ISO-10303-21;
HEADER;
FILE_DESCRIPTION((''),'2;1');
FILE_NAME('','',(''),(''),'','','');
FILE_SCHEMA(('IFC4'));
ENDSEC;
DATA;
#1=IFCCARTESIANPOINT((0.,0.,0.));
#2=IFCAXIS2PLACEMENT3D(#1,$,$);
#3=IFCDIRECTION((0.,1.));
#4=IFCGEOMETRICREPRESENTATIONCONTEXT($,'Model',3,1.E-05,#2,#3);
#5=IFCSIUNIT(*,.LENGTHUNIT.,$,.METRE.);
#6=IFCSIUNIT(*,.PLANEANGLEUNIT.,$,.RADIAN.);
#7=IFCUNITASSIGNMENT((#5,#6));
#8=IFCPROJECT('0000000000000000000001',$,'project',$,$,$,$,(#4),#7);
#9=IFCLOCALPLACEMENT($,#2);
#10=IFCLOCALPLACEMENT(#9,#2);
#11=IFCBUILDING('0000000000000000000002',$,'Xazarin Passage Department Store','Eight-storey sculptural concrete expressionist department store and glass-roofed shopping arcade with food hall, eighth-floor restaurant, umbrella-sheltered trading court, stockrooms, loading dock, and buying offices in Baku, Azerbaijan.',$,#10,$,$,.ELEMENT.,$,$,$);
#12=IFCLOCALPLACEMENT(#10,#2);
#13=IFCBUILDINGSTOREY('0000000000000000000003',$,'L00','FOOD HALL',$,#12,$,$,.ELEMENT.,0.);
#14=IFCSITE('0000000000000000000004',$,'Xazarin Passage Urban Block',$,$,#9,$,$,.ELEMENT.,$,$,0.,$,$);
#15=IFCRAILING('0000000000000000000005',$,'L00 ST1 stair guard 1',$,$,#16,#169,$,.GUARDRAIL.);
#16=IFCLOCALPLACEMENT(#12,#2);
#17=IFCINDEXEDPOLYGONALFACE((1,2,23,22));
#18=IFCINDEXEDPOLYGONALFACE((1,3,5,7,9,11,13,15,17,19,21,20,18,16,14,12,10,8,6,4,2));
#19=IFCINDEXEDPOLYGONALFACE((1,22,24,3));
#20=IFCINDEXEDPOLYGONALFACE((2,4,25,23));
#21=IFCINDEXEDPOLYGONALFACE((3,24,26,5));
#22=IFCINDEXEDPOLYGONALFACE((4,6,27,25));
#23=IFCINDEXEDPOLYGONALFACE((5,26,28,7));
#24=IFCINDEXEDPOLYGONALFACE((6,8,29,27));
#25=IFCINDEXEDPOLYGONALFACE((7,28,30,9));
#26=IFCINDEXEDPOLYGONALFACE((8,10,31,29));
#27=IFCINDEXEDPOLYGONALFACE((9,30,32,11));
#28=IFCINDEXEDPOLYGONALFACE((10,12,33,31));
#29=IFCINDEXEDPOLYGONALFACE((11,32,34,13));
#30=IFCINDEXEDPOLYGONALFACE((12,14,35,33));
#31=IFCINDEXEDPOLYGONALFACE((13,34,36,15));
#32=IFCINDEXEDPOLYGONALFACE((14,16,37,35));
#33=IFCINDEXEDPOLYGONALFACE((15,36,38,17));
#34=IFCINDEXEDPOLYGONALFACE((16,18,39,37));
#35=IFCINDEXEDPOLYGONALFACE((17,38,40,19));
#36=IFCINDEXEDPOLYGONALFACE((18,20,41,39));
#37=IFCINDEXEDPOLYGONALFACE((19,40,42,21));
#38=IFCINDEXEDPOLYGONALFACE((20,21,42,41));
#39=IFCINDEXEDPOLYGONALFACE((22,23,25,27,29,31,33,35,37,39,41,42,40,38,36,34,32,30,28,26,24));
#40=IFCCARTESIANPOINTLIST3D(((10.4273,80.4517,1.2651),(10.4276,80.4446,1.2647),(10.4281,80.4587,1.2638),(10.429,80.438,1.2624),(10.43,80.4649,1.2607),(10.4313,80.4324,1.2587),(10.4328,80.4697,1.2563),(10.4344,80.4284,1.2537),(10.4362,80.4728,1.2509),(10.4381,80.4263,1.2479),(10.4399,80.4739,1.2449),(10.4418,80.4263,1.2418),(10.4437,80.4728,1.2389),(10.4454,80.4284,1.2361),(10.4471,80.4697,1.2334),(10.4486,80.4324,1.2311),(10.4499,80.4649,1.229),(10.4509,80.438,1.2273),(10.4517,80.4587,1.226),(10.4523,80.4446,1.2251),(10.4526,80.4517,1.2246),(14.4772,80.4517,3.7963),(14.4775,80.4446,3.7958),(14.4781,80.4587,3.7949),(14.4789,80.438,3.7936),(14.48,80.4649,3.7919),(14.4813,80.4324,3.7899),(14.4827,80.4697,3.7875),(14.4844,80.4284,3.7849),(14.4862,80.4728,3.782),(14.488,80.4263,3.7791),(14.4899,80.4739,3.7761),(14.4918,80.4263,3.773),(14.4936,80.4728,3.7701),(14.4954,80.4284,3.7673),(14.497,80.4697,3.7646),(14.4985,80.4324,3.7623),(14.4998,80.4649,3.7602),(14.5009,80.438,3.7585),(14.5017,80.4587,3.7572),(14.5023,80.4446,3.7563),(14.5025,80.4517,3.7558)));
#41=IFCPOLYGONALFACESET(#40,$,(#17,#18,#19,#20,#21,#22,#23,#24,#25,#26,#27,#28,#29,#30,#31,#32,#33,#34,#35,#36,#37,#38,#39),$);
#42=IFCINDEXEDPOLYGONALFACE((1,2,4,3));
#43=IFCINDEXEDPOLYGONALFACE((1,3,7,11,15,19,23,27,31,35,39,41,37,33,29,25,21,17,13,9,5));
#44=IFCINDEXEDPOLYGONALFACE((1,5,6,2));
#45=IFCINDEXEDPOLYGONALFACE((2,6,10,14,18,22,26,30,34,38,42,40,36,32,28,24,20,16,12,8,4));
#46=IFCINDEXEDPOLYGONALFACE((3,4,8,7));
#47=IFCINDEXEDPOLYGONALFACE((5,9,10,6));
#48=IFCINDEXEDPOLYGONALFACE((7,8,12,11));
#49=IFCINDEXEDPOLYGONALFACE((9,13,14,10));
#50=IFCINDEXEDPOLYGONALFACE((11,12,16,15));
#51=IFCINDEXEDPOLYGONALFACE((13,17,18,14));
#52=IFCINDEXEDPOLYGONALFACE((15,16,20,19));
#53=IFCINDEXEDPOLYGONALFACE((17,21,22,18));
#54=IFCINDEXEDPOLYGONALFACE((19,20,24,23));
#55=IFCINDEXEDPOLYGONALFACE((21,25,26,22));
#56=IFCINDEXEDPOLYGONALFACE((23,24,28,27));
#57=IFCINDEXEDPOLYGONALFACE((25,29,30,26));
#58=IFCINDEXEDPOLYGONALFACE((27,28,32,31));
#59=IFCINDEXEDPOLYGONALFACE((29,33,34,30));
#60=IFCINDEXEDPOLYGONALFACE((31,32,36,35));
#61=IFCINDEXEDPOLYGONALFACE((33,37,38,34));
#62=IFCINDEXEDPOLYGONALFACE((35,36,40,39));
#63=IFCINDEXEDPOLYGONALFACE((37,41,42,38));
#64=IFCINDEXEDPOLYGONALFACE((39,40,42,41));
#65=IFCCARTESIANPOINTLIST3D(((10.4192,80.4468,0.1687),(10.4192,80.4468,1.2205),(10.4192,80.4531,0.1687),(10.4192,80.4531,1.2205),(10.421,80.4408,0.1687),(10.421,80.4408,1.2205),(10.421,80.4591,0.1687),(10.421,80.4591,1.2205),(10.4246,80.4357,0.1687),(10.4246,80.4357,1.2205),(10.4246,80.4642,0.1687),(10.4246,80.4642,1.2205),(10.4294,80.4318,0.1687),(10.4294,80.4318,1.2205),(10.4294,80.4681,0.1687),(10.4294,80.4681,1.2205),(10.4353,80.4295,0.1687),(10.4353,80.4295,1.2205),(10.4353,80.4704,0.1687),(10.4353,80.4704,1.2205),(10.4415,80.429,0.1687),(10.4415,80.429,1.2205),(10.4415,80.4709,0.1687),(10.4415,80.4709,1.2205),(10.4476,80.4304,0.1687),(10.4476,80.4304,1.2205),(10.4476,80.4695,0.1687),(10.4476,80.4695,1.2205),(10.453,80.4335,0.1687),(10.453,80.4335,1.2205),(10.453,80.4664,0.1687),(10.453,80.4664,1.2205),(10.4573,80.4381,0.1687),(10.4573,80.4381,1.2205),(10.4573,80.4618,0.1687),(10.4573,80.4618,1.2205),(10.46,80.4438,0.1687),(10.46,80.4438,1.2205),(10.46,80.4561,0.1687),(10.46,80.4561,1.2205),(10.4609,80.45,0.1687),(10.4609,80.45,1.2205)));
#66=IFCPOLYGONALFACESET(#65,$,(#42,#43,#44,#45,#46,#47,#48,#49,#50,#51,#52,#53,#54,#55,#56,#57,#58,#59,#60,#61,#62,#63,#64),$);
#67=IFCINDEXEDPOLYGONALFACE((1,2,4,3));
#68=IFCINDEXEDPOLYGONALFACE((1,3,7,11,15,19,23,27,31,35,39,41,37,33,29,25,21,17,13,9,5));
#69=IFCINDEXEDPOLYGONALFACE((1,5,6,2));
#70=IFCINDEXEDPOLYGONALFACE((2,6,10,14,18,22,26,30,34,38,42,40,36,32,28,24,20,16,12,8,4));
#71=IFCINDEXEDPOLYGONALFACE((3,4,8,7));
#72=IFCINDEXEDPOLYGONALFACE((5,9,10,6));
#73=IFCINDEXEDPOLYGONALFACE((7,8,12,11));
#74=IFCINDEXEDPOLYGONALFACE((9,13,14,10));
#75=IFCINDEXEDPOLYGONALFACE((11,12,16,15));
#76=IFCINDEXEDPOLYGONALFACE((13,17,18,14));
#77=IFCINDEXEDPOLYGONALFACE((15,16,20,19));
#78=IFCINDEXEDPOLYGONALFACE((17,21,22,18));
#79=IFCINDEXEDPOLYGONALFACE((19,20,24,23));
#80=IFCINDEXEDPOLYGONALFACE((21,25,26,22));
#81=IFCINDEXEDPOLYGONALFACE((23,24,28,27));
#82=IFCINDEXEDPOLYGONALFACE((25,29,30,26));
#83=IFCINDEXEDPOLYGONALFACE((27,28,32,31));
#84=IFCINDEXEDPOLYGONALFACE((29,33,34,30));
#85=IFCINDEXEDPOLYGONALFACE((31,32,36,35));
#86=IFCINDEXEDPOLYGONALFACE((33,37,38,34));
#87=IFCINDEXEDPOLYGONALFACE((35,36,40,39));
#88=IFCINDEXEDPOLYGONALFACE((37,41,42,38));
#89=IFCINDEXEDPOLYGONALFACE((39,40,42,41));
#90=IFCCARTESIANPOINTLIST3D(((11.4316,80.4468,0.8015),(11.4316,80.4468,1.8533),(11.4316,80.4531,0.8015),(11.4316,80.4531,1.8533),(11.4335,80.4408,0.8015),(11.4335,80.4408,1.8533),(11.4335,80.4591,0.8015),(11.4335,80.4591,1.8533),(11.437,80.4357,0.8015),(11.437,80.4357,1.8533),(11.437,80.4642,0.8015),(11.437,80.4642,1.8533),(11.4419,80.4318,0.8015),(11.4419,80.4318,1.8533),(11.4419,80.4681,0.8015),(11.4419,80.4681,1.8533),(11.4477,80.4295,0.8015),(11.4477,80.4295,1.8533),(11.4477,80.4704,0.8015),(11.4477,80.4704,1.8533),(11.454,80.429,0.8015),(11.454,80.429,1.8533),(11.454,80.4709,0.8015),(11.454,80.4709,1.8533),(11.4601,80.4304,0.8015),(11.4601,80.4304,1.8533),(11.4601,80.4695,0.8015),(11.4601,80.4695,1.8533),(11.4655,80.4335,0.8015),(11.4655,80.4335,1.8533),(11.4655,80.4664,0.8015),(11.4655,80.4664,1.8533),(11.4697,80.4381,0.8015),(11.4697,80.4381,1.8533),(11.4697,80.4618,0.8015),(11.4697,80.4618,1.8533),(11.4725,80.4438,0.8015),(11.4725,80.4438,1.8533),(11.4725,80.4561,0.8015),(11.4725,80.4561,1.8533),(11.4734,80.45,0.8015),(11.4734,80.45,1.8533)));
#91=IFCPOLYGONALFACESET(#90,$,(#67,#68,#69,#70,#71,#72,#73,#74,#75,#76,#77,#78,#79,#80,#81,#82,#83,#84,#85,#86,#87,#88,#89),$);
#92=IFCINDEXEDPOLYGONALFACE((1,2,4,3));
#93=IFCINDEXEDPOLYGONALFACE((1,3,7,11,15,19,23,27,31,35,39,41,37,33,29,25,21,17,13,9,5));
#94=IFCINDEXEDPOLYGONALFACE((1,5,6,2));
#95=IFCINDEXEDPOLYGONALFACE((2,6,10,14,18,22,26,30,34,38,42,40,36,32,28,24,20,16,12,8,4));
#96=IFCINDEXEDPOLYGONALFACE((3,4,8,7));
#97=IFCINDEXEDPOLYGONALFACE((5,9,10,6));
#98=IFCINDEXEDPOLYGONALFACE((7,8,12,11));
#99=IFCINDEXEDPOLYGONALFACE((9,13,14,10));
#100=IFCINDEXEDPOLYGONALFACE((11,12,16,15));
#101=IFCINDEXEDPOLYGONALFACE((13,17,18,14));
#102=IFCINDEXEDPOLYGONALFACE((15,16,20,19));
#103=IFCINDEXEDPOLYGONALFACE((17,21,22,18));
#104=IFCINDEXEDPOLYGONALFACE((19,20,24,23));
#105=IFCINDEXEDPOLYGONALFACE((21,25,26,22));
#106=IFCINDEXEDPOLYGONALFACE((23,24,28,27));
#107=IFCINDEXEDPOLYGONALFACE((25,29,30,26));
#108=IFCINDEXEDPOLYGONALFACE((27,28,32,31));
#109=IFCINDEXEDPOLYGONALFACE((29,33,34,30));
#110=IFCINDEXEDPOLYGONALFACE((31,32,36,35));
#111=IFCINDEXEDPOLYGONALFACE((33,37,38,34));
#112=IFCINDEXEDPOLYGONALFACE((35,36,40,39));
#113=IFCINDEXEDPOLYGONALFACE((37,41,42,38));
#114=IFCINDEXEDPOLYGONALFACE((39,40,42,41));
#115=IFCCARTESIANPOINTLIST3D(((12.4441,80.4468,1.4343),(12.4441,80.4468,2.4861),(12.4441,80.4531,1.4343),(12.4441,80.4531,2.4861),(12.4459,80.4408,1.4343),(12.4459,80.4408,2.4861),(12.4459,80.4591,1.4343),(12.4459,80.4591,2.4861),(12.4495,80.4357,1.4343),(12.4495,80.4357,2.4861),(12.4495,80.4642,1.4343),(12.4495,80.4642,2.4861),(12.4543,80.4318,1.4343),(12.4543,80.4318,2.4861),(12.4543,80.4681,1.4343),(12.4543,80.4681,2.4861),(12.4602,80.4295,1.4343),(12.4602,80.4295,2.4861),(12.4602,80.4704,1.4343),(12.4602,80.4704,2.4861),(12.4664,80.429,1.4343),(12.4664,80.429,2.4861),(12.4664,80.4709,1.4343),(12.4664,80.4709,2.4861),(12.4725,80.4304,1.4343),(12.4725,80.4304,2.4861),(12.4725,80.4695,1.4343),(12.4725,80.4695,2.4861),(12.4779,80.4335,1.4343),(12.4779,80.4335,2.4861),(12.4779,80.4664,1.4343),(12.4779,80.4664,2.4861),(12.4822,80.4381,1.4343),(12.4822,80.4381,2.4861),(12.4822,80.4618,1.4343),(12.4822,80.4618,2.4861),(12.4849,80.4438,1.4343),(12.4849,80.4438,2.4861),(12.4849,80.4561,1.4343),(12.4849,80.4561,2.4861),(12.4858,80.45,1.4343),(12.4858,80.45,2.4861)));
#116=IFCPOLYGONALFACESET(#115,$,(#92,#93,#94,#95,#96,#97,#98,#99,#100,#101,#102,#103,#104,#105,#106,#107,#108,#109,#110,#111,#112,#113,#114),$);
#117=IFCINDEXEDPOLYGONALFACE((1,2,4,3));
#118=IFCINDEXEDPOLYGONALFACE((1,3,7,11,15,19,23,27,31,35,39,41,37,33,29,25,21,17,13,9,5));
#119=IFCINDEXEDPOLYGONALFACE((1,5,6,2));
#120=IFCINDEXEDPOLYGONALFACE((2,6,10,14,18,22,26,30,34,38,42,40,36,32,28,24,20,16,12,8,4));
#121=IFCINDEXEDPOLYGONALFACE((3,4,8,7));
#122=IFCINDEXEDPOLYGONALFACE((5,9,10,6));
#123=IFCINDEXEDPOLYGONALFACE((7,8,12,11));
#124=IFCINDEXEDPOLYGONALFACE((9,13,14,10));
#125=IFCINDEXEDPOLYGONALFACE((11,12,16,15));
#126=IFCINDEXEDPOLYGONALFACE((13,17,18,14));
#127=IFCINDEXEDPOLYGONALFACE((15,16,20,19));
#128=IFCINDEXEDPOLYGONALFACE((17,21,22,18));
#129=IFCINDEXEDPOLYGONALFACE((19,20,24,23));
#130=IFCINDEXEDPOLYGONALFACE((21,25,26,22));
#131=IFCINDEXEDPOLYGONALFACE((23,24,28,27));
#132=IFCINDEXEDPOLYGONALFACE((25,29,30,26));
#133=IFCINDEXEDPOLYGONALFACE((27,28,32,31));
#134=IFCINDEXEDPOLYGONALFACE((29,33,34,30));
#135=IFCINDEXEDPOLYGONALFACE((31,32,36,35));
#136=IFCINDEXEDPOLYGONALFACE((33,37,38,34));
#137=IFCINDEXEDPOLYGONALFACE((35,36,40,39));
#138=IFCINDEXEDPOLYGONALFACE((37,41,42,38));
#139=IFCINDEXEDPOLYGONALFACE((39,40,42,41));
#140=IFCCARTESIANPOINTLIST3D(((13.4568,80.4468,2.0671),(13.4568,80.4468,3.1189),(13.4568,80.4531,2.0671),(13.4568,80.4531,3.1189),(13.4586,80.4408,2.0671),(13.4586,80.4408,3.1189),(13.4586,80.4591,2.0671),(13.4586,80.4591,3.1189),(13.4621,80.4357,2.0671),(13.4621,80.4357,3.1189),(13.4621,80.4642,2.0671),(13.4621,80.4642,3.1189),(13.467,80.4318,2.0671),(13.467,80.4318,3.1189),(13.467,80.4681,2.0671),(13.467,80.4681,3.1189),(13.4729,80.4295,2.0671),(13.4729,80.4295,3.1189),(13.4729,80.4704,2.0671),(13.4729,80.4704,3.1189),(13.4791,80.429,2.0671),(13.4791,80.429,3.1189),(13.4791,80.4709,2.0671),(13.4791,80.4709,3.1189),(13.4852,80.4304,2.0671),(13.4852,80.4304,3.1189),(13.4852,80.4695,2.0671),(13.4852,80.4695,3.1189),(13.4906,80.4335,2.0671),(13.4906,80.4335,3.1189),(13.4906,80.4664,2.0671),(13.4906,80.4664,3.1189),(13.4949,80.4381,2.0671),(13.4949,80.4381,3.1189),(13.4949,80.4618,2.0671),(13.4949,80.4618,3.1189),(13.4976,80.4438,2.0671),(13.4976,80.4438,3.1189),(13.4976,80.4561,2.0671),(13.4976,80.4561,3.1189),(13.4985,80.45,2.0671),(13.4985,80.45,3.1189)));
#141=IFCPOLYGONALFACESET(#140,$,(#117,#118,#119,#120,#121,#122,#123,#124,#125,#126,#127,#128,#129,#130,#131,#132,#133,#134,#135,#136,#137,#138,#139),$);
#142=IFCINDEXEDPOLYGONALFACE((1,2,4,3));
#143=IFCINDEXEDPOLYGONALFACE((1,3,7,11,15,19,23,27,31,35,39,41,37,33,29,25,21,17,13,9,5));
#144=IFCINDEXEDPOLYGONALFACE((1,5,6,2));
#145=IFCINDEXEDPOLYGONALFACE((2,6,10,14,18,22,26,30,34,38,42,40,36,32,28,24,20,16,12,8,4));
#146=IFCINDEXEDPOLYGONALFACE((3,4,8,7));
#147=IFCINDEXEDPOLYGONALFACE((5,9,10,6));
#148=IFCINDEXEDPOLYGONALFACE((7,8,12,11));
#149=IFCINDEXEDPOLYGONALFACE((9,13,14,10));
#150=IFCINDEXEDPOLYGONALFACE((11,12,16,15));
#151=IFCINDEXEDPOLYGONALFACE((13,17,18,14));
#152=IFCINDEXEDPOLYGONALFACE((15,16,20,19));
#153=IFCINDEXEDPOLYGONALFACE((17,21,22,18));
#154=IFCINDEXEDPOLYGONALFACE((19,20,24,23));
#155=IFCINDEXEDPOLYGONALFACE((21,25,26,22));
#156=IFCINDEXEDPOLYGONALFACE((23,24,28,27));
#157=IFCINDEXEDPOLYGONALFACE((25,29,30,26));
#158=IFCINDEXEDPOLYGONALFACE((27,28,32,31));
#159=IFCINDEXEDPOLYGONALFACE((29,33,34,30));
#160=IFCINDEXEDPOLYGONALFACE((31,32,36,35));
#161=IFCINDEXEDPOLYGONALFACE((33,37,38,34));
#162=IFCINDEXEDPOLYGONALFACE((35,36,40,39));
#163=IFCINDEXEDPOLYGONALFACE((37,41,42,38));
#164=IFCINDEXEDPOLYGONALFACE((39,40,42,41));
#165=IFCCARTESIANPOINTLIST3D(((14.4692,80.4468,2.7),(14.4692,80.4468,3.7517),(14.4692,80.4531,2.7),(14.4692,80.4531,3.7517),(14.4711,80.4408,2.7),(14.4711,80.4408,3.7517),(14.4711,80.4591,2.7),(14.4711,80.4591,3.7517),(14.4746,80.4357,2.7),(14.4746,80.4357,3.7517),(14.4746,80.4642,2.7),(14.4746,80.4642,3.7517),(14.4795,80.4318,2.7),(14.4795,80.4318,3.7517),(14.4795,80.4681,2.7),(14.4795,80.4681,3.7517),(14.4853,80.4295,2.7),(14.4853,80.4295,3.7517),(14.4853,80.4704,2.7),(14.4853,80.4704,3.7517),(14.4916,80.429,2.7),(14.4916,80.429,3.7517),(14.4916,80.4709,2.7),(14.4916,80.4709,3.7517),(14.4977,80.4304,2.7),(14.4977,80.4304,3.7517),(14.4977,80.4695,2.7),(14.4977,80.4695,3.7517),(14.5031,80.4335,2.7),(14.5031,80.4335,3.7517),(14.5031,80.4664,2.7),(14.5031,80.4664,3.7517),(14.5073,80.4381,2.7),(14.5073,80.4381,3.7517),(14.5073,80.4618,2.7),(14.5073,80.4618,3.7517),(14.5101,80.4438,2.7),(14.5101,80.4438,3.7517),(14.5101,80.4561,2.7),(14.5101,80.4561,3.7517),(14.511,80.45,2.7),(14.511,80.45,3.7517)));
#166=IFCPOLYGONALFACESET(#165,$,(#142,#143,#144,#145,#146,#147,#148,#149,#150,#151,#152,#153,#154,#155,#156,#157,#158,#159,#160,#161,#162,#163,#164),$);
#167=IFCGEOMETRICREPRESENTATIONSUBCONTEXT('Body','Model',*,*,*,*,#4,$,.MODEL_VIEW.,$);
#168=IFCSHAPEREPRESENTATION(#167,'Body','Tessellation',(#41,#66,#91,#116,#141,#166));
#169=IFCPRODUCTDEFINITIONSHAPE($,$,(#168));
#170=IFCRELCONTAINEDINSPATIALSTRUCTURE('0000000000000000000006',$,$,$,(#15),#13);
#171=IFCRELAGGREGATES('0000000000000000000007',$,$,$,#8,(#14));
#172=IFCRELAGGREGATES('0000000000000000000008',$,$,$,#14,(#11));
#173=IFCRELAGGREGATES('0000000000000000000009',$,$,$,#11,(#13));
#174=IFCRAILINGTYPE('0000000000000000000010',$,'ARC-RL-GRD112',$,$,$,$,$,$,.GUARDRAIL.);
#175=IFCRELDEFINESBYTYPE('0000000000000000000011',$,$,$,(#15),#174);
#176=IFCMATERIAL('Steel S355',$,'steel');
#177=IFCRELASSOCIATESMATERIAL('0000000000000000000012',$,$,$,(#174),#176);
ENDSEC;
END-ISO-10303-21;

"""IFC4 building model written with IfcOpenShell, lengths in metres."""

from ifc_helpers import new_model, si_unit, direction, frame, origin, origin_2d, place, context, subcontext, project, spatial, circle, extrude, material, type_object, element, save


model = new_model("IFC4")

# Units and contexts
model_context = context("Model", 3, precision=1e-05, world=origin(), true_north=direction((0.0, 1.0)))
body_context = subcontext(model_context, "Body", "Model", "MODEL_VIEW")
ifc_project = project(units=[si_unit("LENGTHUNIT", "METRE"), si_unit("PLANEANGLEUNIT", "RADIAN")], contexts=[model_context])

# Site, building, storey
site_placement = place(None, origin())
site = spatial("IfcSite", under=ifc_project, at=site_placement, Name="Xazarin Passage Urban Block", CompositionType="ELEMENT", RefElevation=0.0)
building_placement = place(site_placement, origin())
building = spatial("IfcBuilding", under=site, at=building_placement, Name="Xazarin Passage Department Store", Description="Eight-storey sculptural concrete expressionist department store and glass-roofed shopping arcade with food hall, eighth-floor restaurant, umbrella-sheltered trading court, stockrooms, loading dock, and buying offices in Baku, Azerbaijan.", CompositionType="ELEMENT")
storey_placement = place(building_placement, origin())
storey = spatial("IfcBuildingStorey", under=building, at=storey_placement, Name="L00", Description="FOOD HALL", CompositionType="ELEMENT", Elevation=0.0)

# Railing
ifc_material_1 = material(Name="Steel S355", Category="steel")
railing_type_1 = type_object("IfcRailingType", Name="ARC-RL-GRD112", PredefinedType="GUARDRAIL", material=ifc_material_1)
railing_1_placement = place(storey_placement, frame((10.4399, 80.45, 0.1687)))
element("IfcRailing", 1, at=railing_1_placement, inside=storey, type_object=railing_type_1, Name="L00 ST1 stair guard 1", PredefinedType="GUARDRAIL", context=body_context, shape_type="SweptSolid", body=[
    extrude(circle(Radius=0.0239, at=origin_2d()), frame((0.0, 0.0, 1.0762), z_axis=(0.848001, 0.0, 0.529994), x_axis=(0.0, 1.0, 0.0)), (0.0, 0.0, 1.0), 4.7759),
    extrude(circle(Radius=0.021, at=origin_2d()), origin(), (0.0, 0.0, 1.0), 1.0518),
    extrude(circle(Radius=0.021, at=origin_2d()), frame((1.0125, 0.0, 0.6328)), (0.0, 0.0, 1.0), 1.0518),
    extrude(circle(Radius=0.021, at=origin_2d()), frame((2.0249, 0.0, 1.2656)), (0.0, 0.0, 1.0), 1.0518),
    extrude(circle(Radius=0.021, at=origin_2d()), frame((3.0376, 0.0, 1.8984)), (0.0, 0.0, 1.0), 1.0518),
    extrude(circle(Radius=0.021, at=origin_2d()), frame((4.05, 0.0, 2.5312)), (0.0, 0.0, 1.0), 1.0518),
])

save(model, "model.ifc")
